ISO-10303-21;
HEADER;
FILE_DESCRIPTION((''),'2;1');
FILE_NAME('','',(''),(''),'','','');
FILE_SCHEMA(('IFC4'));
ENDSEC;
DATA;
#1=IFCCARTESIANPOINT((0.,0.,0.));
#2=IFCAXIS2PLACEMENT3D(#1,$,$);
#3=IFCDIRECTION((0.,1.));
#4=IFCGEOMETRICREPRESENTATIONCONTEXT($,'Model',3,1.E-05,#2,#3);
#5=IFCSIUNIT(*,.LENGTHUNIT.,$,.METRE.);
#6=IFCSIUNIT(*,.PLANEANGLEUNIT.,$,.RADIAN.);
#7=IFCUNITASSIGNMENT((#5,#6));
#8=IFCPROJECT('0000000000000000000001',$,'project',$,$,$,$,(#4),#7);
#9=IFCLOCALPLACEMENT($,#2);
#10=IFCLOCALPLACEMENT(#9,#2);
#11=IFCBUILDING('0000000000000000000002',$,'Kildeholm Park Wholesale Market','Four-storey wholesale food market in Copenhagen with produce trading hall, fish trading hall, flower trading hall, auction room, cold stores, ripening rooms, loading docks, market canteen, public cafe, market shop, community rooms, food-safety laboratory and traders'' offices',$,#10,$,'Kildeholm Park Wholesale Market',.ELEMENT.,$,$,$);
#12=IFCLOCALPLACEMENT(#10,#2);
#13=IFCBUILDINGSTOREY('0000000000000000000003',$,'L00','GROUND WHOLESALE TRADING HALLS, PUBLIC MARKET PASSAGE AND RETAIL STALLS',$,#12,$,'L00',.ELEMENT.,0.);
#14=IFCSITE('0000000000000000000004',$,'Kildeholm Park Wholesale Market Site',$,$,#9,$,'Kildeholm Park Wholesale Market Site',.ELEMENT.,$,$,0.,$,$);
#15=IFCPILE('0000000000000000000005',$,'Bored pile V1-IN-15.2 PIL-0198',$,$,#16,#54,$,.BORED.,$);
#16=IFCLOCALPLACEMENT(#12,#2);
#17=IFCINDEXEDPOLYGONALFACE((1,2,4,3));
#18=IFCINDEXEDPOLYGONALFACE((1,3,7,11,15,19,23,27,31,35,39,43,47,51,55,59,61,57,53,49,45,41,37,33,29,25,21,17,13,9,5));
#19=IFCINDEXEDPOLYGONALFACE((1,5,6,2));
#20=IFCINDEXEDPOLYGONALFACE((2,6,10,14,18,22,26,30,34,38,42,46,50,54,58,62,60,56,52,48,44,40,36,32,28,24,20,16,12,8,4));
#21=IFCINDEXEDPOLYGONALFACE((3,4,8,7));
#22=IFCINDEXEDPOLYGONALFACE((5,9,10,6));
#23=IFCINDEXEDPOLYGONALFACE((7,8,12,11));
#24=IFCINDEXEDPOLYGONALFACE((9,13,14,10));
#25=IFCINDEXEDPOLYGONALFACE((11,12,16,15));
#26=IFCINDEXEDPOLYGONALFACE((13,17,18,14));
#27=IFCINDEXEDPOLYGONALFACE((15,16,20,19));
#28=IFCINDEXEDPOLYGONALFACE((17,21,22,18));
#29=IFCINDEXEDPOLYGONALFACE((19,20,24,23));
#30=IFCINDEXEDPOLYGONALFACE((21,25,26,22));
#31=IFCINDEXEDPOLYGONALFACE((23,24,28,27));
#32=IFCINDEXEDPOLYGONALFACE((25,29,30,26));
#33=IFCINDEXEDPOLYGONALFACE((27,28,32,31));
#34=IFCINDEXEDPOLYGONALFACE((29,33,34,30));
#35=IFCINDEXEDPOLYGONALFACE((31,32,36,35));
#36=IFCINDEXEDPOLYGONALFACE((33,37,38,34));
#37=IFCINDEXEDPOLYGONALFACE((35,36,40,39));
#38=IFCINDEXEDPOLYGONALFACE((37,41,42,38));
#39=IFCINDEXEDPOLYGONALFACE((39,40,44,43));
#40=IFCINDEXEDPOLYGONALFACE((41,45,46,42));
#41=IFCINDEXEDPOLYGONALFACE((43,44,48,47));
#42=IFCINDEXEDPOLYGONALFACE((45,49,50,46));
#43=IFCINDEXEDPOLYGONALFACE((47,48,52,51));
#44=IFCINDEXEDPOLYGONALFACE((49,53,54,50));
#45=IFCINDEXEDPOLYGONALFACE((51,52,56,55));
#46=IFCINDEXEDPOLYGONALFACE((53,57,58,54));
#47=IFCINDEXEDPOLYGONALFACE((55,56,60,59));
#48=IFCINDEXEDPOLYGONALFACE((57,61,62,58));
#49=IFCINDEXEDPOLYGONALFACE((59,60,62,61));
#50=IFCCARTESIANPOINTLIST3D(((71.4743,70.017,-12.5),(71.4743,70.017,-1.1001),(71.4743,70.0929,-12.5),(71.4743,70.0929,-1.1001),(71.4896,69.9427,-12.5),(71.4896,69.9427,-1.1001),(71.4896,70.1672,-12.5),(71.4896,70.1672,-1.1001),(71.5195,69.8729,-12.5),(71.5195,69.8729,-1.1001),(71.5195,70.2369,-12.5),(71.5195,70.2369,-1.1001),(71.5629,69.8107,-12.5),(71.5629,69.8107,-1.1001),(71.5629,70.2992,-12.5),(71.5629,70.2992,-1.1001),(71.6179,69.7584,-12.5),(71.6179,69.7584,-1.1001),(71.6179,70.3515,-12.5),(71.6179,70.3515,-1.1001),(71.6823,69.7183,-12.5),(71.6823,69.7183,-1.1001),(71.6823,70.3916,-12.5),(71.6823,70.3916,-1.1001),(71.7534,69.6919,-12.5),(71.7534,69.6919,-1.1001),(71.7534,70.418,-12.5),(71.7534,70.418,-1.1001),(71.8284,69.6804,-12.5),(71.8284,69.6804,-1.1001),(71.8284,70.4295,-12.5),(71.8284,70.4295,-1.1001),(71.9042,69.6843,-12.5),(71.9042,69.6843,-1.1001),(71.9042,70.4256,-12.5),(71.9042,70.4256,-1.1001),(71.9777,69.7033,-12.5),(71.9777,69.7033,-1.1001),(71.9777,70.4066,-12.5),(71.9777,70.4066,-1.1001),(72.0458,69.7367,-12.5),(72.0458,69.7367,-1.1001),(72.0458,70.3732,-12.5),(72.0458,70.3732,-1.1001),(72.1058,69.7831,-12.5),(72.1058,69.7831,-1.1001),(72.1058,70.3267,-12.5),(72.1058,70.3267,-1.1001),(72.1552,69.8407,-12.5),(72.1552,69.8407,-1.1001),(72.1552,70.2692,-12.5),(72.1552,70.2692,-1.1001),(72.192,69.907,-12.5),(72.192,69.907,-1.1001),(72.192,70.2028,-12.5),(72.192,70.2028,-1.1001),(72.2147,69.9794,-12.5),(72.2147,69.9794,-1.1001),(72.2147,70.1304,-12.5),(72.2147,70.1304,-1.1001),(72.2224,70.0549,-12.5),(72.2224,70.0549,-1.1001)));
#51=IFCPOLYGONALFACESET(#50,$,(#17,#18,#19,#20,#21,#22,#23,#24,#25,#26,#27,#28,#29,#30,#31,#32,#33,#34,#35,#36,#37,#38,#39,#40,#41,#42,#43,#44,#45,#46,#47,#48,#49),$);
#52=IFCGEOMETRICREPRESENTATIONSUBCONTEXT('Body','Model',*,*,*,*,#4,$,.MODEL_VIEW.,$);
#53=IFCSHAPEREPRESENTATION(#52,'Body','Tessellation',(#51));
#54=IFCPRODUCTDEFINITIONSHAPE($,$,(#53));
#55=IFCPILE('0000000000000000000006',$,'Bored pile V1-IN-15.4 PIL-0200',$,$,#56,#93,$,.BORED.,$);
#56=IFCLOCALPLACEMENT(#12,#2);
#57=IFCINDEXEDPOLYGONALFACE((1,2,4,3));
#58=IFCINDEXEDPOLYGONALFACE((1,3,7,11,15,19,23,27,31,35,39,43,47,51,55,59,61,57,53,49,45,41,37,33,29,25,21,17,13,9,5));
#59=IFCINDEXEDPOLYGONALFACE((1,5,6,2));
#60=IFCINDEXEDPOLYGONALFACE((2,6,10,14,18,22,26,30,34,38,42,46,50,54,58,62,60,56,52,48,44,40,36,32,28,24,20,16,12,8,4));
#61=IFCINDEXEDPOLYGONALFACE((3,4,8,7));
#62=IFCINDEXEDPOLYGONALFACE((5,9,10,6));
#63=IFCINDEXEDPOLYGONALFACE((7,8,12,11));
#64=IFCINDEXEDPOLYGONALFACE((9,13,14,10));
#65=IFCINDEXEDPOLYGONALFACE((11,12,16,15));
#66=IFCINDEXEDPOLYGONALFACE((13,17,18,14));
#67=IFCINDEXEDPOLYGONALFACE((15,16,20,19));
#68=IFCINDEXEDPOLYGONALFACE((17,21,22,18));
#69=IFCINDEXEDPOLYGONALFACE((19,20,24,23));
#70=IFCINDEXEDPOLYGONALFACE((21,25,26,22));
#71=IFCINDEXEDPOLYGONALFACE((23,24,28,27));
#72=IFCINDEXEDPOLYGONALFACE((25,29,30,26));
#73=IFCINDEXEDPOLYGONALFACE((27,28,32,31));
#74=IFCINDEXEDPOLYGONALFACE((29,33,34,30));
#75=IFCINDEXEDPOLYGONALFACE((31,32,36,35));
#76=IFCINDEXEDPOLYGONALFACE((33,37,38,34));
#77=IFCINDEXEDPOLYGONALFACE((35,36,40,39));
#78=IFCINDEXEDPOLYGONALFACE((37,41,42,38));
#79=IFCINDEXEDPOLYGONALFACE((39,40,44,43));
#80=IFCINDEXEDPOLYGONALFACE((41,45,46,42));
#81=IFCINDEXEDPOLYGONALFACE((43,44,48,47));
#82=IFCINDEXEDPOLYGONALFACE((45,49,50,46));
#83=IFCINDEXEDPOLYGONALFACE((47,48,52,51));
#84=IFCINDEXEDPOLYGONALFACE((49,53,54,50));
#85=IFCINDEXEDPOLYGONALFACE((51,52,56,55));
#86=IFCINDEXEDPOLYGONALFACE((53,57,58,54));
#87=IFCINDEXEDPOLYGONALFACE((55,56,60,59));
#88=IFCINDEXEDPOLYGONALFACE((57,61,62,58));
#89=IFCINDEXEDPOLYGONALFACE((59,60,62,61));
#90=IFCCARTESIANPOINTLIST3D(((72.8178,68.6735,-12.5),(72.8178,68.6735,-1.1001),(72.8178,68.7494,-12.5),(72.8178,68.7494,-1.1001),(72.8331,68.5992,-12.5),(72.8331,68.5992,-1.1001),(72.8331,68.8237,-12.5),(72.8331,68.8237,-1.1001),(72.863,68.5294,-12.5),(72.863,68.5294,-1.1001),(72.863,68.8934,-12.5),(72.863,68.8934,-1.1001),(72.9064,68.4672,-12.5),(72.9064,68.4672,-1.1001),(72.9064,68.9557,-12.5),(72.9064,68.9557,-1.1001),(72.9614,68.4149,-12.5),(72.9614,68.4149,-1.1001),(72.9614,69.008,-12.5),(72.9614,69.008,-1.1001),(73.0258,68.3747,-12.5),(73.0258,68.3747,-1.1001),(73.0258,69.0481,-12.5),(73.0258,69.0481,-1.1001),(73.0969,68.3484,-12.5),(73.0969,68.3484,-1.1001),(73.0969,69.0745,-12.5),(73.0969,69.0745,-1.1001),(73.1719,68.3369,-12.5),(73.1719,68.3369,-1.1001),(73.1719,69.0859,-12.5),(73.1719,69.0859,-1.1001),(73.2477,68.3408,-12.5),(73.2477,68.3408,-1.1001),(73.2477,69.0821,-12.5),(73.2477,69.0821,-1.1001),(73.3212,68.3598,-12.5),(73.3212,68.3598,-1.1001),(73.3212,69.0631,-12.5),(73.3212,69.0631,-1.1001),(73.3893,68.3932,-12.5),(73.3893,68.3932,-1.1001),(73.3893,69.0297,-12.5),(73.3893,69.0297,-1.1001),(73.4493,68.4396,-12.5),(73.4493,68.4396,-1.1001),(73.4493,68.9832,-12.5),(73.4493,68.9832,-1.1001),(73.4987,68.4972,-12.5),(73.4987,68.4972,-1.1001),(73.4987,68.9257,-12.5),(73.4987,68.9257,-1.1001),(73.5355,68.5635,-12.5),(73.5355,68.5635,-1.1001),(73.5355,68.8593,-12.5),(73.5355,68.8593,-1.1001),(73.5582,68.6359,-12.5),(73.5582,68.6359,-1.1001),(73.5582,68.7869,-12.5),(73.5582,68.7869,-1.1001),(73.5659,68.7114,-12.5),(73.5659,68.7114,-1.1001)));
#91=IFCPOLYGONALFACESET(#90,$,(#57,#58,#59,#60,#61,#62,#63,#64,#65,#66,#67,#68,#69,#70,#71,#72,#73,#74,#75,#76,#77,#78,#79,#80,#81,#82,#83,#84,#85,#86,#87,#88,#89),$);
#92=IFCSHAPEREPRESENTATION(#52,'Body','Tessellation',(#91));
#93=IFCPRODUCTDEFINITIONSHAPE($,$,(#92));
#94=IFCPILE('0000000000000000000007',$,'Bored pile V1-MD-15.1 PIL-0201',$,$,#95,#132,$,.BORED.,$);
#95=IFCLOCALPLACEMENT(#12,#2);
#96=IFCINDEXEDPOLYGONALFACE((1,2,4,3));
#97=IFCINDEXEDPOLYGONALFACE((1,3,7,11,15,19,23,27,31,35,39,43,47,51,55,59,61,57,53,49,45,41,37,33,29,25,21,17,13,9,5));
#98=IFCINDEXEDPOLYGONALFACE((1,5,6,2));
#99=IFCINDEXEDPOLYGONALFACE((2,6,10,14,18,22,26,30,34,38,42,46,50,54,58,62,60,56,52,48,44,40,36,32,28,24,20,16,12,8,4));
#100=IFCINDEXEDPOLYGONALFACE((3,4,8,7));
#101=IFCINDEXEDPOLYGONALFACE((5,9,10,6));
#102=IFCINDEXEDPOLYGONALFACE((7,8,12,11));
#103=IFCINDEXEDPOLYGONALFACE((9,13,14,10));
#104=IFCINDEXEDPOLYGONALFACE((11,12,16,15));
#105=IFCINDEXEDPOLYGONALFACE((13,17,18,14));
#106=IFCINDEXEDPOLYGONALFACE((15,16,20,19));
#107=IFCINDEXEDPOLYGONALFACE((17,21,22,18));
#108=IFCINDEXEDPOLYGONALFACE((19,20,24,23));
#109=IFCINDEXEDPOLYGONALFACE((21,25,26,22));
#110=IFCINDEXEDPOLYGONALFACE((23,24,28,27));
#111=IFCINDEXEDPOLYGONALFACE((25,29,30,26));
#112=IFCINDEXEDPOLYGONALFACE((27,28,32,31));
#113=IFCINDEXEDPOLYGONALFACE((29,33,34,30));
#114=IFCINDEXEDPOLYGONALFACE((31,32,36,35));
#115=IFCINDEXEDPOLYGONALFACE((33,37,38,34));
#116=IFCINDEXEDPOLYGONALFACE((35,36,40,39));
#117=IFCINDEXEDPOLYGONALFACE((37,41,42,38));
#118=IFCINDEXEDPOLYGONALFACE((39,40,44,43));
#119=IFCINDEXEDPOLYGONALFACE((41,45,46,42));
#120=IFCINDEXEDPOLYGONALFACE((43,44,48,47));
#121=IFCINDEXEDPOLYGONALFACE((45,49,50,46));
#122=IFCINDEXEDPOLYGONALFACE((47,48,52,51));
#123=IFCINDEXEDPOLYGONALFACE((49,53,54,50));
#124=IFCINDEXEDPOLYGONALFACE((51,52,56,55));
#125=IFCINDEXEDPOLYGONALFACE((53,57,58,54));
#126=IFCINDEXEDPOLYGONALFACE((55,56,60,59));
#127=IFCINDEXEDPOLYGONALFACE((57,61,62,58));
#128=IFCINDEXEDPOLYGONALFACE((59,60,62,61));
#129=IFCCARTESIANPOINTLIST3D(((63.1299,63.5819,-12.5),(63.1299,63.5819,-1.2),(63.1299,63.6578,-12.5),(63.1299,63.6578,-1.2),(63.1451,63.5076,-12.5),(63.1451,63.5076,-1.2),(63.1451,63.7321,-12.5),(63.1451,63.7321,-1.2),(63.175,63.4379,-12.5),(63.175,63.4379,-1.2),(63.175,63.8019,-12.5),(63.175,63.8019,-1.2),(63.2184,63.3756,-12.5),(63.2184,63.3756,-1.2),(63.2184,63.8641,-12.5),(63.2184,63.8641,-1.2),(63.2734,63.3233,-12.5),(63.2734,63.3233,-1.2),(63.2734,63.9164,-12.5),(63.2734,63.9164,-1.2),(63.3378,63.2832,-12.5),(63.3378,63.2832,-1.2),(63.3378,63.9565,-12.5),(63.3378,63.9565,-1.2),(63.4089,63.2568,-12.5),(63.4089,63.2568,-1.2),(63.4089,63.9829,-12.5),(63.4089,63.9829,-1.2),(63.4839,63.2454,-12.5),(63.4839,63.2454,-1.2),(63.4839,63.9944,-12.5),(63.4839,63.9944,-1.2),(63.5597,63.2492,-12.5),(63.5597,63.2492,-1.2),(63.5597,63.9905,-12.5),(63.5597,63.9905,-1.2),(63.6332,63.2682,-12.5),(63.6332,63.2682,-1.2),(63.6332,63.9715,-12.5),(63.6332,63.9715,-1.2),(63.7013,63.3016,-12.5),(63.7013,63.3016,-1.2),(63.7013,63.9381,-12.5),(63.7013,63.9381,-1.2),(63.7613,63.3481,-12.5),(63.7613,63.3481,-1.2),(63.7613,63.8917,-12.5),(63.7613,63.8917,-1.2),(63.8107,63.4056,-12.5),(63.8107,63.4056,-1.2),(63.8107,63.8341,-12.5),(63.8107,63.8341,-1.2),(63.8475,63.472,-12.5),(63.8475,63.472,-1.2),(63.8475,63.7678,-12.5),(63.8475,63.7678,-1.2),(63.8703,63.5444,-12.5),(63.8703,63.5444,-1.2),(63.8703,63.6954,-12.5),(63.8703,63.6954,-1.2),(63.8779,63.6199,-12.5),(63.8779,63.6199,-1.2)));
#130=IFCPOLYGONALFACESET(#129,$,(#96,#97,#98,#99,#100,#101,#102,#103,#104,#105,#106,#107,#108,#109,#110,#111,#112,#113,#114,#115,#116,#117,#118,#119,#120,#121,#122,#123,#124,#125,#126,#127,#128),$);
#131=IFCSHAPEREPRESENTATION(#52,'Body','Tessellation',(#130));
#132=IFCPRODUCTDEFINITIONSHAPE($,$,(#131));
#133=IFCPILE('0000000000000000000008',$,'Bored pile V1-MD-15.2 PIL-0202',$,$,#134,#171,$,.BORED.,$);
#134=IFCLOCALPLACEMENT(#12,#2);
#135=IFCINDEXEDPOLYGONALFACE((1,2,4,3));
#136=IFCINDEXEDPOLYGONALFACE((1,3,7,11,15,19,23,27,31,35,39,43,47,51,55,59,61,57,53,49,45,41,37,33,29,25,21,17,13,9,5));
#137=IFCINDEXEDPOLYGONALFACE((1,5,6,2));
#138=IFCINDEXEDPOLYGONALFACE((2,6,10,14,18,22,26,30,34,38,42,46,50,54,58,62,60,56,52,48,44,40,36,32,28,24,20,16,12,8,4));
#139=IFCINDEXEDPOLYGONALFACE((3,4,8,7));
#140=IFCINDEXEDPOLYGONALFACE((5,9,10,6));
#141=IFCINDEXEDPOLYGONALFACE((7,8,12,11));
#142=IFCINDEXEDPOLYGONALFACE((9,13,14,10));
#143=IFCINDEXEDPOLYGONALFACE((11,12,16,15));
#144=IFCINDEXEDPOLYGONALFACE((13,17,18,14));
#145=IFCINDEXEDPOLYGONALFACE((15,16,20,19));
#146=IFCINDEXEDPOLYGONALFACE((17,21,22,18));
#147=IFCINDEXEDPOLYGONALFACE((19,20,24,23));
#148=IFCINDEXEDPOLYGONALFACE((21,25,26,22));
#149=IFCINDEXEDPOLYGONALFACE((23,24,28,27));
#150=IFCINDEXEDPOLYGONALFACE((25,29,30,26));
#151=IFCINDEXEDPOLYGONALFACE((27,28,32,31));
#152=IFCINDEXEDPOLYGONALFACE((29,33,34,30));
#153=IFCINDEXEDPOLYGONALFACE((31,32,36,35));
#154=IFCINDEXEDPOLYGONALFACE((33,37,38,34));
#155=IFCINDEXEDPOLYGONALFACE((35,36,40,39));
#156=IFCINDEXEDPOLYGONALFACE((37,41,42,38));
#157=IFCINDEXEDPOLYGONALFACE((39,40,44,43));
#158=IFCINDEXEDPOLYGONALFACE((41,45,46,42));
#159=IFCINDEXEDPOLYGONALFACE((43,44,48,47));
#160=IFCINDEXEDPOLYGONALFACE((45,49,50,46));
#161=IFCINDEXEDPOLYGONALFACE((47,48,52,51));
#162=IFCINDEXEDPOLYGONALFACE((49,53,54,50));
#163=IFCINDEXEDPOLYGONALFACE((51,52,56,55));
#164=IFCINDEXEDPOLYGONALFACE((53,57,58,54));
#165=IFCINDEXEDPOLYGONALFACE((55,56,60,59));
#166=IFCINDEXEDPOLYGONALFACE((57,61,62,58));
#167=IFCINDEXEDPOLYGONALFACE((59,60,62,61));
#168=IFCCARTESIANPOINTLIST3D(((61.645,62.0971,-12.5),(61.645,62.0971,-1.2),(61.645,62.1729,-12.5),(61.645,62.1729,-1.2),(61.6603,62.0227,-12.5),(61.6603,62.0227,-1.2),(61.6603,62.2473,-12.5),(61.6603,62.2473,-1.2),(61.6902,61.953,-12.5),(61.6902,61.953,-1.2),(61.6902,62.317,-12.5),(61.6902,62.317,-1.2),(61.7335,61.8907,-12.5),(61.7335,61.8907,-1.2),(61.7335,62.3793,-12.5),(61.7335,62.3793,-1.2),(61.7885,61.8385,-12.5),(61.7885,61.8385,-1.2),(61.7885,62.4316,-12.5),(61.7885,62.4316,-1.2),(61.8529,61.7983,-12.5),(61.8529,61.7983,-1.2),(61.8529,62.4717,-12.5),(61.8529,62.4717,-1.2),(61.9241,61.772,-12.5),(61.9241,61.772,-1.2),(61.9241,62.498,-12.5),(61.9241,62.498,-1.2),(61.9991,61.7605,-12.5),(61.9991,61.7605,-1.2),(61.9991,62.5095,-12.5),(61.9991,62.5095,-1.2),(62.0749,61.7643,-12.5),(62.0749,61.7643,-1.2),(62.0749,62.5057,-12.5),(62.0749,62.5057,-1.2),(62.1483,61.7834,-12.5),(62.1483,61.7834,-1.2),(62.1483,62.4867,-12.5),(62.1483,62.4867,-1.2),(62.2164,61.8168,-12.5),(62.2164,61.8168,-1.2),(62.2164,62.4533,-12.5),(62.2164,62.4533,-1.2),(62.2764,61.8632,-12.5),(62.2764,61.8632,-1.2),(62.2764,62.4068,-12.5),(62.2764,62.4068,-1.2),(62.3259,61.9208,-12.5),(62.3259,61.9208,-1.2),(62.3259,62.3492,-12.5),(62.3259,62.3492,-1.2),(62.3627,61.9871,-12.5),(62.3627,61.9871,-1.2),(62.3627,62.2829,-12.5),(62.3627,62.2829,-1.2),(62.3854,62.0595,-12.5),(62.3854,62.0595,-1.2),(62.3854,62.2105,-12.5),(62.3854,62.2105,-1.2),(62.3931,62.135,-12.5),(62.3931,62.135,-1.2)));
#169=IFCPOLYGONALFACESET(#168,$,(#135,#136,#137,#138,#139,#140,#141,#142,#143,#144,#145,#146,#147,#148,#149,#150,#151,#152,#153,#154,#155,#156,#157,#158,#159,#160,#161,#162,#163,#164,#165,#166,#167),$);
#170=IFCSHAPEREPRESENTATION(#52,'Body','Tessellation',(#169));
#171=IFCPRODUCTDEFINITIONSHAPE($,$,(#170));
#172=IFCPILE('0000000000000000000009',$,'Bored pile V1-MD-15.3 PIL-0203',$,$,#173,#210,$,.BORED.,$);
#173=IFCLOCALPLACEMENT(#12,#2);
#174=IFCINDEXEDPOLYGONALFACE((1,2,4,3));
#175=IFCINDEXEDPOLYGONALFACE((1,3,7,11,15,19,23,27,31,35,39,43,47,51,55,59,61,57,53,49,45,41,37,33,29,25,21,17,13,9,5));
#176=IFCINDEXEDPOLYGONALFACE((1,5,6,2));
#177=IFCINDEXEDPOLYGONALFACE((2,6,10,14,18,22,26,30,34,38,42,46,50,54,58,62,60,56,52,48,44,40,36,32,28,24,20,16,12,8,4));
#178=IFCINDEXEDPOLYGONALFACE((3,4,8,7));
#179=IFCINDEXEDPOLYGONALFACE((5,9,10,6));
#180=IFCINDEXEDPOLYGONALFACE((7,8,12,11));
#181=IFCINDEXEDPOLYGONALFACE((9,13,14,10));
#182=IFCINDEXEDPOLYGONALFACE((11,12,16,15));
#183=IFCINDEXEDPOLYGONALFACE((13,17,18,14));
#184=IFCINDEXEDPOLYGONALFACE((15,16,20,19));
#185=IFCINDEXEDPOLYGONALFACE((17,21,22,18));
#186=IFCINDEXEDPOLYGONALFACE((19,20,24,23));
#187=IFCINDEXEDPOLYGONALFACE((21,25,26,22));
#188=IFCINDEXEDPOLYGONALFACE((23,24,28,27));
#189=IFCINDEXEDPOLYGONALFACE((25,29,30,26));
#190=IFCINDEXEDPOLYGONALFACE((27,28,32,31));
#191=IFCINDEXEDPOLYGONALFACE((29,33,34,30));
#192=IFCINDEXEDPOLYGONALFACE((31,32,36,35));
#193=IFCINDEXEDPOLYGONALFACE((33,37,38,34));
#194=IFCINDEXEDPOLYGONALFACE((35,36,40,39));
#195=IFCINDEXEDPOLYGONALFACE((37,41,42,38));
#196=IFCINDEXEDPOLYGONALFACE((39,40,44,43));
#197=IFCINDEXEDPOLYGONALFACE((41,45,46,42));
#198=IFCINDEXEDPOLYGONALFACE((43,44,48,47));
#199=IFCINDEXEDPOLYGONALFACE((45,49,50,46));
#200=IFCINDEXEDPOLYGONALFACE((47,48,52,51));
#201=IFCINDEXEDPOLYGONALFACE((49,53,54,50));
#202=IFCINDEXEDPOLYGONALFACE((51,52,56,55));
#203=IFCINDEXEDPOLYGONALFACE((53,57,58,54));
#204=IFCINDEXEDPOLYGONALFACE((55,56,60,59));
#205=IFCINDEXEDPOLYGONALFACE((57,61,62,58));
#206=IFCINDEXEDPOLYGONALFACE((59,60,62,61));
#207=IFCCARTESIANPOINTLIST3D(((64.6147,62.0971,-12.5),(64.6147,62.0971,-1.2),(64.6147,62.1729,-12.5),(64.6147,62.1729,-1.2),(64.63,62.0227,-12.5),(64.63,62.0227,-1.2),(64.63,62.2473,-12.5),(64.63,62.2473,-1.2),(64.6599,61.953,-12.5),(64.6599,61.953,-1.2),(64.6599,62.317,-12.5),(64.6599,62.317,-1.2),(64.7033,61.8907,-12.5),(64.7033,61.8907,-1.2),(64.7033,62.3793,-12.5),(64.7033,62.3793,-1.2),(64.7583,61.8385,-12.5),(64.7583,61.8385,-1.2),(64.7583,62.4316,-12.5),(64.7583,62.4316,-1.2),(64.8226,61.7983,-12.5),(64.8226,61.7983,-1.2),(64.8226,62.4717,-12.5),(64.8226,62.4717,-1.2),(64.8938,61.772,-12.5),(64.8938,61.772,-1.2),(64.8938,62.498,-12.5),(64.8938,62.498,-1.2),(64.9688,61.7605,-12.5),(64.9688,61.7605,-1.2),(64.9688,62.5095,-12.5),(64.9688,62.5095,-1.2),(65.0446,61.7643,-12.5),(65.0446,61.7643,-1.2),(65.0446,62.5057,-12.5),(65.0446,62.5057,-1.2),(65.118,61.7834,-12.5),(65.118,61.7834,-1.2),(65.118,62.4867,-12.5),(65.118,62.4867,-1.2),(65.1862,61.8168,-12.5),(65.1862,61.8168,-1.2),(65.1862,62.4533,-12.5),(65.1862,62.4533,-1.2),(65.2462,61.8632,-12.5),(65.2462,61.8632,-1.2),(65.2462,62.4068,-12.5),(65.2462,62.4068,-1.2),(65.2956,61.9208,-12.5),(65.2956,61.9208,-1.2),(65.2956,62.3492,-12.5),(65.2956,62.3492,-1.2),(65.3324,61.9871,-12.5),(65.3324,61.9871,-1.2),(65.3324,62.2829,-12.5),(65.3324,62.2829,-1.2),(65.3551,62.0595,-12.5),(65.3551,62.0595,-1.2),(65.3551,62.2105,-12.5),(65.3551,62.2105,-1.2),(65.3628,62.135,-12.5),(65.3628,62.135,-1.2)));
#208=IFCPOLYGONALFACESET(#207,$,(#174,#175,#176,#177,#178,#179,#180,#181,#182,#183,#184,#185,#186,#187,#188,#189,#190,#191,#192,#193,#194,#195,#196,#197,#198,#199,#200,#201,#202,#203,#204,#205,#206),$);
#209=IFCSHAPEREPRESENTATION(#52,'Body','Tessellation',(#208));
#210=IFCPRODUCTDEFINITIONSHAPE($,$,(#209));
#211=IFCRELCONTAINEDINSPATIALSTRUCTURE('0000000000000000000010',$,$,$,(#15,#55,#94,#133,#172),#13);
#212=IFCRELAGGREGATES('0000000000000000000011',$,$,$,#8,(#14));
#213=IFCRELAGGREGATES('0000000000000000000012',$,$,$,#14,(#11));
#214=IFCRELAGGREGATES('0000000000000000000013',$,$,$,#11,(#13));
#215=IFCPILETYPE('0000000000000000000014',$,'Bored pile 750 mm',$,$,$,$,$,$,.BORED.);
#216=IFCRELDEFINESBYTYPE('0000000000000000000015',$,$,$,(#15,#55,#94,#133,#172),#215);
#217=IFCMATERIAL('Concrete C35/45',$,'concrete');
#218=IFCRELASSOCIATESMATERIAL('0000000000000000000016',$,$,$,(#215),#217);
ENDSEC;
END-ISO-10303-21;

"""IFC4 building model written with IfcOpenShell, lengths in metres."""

from ifc_helpers import new_model, si_unit, direction, frame, origin, origin_2d, place, context, subcontext, project, spatial, circle, extrude, material, material_profile, profile_set, type_object, element, save


model = new_model("IFC4")

# Units and contexts
model_context = context("Model", 3, precision=1e-05, world=origin(), true_north=direction((0.0, 1.0)))
body_context = subcontext(model_context, "Body", "Model", "MODEL_VIEW")
ifc_project = project(units=[si_unit("LENGTHUNIT", "METRE"), si_unit("PLANEANGLEUNIT", "RADIAN")], contexts=[model_context])

# Site, building, storey
site_placement = place(None, origin())
site = spatial("IfcSite", under=ifc_project, at=site_placement, Name="Kildeholm Park Wholesale Market Site", LongName="Kildeholm Park Wholesale Market Site", CompositionType="ELEMENT", RefElevation=0.0)
building_placement = place(site_placement, origin())
building = spatial("IfcBuilding", under=site, at=building_placement, Name="Kildeholm Park Wholesale Market", Description="Four-storey wholesale food market in Copenhagen with produce trading hall, fish trading hall, flower trading hall, auction room, cold stores, ripening rooms, loading docks, market canteen, public cafe, market shop, community rooms, food-safety laboratory and traders' offices", LongName="Kildeholm Park Wholesale Market", CompositionType="ELEMENT")
storey_placement = place(building_placement, origin())
storey = spatial("IfcBuildingStorey", under=building, at=storey_placement, Name="L00", Description="GROUND WHOLESALE TRADING HALLS, PUBLIC MARKET PASSAGE AND RETAIL STALLS", LongName="L00", CompositionType="ELEMENT", Elevation=0.0)

# Piles
ifc_material_1 = material(Name="Concrete C35/45", Category="concrete")
ifc_material_profile_1 = material_profile(ifc_material_1, circle(Radius=0.375, at=origin_2d()), Name="PILE D750")
ifc_profile_set_1 = profile_set([ifc_material_profile_1], Name="Concrete C35/45")
pile_type_1 = type_object("IfcPileType", Name="Bored pile 750 mm", PredefinedType="BORED", material=ifc_profile_set_1)
for number, where, z_axis, x_axis, name in (
    (1, (71.8474, 70.0549, -1.1001), (0.0, 0.0, -1.0), (1.0, 0.0, 0.0), "Bored pile V1-IN-15.2 PIL-0198"),
    (2, (73.1909, 68.7114, -1.1001), (0.0, 0.0, -1.0), (1.0, 0.0, 0.0), "Bored pile V1-IN-15.4 PIL-0200"),
):
    element("IfcPile", number, at=place(storey_placement, frame(where, z_axis=z_axis, x_axis=x_axis)), inside=storey, type_object=pile_type_1, Name=name, PredefinedType="BORED", context=body_context, shape_type="SweptSolid", body=[
        extrude(circle(Radius=0.375, at=origin_2d()), origin(), (0.0, 0.0, 1.0), 11.3999),
    ])
for number, where, z_axis, x_axis, name in (
    (3, (63.5029, 63.6199, -1.2), (0.0, 0.0, -1.0), (1.0, 0.0, 0.0), "Bored pile V1-MD-15.1 PIL-0201"),
    (4, (62.0181, 62.135, -1.2), (0.0, 0.0, -1.0), (1.0, 0.0, 0.0), "Bored pile V1-MD-15.2 PIL-0202"),
    (5, (64.9878, 62.135, -1.2), (0.0, 0.0, -1.0), (1.0, 0.0, 0.0), "Bored pile V1-MD-15.3 PIL-0203"),
):
    element("IfcPile", number, at=place(storey_placement, frame(where, z_axis=z_axis, x_axis=x_axis)), inside=storey, type_object=pile_type_1, Name=name, PredefinedType="BORED", context=body_context, shape_type="SweptSolid", body=[
        extrude(circle(Radius=0.375, at=origin_2d()), origin(), (0.0, 0.0, 1.0), 11.3),
    ])

save(model, "model.ifc")
